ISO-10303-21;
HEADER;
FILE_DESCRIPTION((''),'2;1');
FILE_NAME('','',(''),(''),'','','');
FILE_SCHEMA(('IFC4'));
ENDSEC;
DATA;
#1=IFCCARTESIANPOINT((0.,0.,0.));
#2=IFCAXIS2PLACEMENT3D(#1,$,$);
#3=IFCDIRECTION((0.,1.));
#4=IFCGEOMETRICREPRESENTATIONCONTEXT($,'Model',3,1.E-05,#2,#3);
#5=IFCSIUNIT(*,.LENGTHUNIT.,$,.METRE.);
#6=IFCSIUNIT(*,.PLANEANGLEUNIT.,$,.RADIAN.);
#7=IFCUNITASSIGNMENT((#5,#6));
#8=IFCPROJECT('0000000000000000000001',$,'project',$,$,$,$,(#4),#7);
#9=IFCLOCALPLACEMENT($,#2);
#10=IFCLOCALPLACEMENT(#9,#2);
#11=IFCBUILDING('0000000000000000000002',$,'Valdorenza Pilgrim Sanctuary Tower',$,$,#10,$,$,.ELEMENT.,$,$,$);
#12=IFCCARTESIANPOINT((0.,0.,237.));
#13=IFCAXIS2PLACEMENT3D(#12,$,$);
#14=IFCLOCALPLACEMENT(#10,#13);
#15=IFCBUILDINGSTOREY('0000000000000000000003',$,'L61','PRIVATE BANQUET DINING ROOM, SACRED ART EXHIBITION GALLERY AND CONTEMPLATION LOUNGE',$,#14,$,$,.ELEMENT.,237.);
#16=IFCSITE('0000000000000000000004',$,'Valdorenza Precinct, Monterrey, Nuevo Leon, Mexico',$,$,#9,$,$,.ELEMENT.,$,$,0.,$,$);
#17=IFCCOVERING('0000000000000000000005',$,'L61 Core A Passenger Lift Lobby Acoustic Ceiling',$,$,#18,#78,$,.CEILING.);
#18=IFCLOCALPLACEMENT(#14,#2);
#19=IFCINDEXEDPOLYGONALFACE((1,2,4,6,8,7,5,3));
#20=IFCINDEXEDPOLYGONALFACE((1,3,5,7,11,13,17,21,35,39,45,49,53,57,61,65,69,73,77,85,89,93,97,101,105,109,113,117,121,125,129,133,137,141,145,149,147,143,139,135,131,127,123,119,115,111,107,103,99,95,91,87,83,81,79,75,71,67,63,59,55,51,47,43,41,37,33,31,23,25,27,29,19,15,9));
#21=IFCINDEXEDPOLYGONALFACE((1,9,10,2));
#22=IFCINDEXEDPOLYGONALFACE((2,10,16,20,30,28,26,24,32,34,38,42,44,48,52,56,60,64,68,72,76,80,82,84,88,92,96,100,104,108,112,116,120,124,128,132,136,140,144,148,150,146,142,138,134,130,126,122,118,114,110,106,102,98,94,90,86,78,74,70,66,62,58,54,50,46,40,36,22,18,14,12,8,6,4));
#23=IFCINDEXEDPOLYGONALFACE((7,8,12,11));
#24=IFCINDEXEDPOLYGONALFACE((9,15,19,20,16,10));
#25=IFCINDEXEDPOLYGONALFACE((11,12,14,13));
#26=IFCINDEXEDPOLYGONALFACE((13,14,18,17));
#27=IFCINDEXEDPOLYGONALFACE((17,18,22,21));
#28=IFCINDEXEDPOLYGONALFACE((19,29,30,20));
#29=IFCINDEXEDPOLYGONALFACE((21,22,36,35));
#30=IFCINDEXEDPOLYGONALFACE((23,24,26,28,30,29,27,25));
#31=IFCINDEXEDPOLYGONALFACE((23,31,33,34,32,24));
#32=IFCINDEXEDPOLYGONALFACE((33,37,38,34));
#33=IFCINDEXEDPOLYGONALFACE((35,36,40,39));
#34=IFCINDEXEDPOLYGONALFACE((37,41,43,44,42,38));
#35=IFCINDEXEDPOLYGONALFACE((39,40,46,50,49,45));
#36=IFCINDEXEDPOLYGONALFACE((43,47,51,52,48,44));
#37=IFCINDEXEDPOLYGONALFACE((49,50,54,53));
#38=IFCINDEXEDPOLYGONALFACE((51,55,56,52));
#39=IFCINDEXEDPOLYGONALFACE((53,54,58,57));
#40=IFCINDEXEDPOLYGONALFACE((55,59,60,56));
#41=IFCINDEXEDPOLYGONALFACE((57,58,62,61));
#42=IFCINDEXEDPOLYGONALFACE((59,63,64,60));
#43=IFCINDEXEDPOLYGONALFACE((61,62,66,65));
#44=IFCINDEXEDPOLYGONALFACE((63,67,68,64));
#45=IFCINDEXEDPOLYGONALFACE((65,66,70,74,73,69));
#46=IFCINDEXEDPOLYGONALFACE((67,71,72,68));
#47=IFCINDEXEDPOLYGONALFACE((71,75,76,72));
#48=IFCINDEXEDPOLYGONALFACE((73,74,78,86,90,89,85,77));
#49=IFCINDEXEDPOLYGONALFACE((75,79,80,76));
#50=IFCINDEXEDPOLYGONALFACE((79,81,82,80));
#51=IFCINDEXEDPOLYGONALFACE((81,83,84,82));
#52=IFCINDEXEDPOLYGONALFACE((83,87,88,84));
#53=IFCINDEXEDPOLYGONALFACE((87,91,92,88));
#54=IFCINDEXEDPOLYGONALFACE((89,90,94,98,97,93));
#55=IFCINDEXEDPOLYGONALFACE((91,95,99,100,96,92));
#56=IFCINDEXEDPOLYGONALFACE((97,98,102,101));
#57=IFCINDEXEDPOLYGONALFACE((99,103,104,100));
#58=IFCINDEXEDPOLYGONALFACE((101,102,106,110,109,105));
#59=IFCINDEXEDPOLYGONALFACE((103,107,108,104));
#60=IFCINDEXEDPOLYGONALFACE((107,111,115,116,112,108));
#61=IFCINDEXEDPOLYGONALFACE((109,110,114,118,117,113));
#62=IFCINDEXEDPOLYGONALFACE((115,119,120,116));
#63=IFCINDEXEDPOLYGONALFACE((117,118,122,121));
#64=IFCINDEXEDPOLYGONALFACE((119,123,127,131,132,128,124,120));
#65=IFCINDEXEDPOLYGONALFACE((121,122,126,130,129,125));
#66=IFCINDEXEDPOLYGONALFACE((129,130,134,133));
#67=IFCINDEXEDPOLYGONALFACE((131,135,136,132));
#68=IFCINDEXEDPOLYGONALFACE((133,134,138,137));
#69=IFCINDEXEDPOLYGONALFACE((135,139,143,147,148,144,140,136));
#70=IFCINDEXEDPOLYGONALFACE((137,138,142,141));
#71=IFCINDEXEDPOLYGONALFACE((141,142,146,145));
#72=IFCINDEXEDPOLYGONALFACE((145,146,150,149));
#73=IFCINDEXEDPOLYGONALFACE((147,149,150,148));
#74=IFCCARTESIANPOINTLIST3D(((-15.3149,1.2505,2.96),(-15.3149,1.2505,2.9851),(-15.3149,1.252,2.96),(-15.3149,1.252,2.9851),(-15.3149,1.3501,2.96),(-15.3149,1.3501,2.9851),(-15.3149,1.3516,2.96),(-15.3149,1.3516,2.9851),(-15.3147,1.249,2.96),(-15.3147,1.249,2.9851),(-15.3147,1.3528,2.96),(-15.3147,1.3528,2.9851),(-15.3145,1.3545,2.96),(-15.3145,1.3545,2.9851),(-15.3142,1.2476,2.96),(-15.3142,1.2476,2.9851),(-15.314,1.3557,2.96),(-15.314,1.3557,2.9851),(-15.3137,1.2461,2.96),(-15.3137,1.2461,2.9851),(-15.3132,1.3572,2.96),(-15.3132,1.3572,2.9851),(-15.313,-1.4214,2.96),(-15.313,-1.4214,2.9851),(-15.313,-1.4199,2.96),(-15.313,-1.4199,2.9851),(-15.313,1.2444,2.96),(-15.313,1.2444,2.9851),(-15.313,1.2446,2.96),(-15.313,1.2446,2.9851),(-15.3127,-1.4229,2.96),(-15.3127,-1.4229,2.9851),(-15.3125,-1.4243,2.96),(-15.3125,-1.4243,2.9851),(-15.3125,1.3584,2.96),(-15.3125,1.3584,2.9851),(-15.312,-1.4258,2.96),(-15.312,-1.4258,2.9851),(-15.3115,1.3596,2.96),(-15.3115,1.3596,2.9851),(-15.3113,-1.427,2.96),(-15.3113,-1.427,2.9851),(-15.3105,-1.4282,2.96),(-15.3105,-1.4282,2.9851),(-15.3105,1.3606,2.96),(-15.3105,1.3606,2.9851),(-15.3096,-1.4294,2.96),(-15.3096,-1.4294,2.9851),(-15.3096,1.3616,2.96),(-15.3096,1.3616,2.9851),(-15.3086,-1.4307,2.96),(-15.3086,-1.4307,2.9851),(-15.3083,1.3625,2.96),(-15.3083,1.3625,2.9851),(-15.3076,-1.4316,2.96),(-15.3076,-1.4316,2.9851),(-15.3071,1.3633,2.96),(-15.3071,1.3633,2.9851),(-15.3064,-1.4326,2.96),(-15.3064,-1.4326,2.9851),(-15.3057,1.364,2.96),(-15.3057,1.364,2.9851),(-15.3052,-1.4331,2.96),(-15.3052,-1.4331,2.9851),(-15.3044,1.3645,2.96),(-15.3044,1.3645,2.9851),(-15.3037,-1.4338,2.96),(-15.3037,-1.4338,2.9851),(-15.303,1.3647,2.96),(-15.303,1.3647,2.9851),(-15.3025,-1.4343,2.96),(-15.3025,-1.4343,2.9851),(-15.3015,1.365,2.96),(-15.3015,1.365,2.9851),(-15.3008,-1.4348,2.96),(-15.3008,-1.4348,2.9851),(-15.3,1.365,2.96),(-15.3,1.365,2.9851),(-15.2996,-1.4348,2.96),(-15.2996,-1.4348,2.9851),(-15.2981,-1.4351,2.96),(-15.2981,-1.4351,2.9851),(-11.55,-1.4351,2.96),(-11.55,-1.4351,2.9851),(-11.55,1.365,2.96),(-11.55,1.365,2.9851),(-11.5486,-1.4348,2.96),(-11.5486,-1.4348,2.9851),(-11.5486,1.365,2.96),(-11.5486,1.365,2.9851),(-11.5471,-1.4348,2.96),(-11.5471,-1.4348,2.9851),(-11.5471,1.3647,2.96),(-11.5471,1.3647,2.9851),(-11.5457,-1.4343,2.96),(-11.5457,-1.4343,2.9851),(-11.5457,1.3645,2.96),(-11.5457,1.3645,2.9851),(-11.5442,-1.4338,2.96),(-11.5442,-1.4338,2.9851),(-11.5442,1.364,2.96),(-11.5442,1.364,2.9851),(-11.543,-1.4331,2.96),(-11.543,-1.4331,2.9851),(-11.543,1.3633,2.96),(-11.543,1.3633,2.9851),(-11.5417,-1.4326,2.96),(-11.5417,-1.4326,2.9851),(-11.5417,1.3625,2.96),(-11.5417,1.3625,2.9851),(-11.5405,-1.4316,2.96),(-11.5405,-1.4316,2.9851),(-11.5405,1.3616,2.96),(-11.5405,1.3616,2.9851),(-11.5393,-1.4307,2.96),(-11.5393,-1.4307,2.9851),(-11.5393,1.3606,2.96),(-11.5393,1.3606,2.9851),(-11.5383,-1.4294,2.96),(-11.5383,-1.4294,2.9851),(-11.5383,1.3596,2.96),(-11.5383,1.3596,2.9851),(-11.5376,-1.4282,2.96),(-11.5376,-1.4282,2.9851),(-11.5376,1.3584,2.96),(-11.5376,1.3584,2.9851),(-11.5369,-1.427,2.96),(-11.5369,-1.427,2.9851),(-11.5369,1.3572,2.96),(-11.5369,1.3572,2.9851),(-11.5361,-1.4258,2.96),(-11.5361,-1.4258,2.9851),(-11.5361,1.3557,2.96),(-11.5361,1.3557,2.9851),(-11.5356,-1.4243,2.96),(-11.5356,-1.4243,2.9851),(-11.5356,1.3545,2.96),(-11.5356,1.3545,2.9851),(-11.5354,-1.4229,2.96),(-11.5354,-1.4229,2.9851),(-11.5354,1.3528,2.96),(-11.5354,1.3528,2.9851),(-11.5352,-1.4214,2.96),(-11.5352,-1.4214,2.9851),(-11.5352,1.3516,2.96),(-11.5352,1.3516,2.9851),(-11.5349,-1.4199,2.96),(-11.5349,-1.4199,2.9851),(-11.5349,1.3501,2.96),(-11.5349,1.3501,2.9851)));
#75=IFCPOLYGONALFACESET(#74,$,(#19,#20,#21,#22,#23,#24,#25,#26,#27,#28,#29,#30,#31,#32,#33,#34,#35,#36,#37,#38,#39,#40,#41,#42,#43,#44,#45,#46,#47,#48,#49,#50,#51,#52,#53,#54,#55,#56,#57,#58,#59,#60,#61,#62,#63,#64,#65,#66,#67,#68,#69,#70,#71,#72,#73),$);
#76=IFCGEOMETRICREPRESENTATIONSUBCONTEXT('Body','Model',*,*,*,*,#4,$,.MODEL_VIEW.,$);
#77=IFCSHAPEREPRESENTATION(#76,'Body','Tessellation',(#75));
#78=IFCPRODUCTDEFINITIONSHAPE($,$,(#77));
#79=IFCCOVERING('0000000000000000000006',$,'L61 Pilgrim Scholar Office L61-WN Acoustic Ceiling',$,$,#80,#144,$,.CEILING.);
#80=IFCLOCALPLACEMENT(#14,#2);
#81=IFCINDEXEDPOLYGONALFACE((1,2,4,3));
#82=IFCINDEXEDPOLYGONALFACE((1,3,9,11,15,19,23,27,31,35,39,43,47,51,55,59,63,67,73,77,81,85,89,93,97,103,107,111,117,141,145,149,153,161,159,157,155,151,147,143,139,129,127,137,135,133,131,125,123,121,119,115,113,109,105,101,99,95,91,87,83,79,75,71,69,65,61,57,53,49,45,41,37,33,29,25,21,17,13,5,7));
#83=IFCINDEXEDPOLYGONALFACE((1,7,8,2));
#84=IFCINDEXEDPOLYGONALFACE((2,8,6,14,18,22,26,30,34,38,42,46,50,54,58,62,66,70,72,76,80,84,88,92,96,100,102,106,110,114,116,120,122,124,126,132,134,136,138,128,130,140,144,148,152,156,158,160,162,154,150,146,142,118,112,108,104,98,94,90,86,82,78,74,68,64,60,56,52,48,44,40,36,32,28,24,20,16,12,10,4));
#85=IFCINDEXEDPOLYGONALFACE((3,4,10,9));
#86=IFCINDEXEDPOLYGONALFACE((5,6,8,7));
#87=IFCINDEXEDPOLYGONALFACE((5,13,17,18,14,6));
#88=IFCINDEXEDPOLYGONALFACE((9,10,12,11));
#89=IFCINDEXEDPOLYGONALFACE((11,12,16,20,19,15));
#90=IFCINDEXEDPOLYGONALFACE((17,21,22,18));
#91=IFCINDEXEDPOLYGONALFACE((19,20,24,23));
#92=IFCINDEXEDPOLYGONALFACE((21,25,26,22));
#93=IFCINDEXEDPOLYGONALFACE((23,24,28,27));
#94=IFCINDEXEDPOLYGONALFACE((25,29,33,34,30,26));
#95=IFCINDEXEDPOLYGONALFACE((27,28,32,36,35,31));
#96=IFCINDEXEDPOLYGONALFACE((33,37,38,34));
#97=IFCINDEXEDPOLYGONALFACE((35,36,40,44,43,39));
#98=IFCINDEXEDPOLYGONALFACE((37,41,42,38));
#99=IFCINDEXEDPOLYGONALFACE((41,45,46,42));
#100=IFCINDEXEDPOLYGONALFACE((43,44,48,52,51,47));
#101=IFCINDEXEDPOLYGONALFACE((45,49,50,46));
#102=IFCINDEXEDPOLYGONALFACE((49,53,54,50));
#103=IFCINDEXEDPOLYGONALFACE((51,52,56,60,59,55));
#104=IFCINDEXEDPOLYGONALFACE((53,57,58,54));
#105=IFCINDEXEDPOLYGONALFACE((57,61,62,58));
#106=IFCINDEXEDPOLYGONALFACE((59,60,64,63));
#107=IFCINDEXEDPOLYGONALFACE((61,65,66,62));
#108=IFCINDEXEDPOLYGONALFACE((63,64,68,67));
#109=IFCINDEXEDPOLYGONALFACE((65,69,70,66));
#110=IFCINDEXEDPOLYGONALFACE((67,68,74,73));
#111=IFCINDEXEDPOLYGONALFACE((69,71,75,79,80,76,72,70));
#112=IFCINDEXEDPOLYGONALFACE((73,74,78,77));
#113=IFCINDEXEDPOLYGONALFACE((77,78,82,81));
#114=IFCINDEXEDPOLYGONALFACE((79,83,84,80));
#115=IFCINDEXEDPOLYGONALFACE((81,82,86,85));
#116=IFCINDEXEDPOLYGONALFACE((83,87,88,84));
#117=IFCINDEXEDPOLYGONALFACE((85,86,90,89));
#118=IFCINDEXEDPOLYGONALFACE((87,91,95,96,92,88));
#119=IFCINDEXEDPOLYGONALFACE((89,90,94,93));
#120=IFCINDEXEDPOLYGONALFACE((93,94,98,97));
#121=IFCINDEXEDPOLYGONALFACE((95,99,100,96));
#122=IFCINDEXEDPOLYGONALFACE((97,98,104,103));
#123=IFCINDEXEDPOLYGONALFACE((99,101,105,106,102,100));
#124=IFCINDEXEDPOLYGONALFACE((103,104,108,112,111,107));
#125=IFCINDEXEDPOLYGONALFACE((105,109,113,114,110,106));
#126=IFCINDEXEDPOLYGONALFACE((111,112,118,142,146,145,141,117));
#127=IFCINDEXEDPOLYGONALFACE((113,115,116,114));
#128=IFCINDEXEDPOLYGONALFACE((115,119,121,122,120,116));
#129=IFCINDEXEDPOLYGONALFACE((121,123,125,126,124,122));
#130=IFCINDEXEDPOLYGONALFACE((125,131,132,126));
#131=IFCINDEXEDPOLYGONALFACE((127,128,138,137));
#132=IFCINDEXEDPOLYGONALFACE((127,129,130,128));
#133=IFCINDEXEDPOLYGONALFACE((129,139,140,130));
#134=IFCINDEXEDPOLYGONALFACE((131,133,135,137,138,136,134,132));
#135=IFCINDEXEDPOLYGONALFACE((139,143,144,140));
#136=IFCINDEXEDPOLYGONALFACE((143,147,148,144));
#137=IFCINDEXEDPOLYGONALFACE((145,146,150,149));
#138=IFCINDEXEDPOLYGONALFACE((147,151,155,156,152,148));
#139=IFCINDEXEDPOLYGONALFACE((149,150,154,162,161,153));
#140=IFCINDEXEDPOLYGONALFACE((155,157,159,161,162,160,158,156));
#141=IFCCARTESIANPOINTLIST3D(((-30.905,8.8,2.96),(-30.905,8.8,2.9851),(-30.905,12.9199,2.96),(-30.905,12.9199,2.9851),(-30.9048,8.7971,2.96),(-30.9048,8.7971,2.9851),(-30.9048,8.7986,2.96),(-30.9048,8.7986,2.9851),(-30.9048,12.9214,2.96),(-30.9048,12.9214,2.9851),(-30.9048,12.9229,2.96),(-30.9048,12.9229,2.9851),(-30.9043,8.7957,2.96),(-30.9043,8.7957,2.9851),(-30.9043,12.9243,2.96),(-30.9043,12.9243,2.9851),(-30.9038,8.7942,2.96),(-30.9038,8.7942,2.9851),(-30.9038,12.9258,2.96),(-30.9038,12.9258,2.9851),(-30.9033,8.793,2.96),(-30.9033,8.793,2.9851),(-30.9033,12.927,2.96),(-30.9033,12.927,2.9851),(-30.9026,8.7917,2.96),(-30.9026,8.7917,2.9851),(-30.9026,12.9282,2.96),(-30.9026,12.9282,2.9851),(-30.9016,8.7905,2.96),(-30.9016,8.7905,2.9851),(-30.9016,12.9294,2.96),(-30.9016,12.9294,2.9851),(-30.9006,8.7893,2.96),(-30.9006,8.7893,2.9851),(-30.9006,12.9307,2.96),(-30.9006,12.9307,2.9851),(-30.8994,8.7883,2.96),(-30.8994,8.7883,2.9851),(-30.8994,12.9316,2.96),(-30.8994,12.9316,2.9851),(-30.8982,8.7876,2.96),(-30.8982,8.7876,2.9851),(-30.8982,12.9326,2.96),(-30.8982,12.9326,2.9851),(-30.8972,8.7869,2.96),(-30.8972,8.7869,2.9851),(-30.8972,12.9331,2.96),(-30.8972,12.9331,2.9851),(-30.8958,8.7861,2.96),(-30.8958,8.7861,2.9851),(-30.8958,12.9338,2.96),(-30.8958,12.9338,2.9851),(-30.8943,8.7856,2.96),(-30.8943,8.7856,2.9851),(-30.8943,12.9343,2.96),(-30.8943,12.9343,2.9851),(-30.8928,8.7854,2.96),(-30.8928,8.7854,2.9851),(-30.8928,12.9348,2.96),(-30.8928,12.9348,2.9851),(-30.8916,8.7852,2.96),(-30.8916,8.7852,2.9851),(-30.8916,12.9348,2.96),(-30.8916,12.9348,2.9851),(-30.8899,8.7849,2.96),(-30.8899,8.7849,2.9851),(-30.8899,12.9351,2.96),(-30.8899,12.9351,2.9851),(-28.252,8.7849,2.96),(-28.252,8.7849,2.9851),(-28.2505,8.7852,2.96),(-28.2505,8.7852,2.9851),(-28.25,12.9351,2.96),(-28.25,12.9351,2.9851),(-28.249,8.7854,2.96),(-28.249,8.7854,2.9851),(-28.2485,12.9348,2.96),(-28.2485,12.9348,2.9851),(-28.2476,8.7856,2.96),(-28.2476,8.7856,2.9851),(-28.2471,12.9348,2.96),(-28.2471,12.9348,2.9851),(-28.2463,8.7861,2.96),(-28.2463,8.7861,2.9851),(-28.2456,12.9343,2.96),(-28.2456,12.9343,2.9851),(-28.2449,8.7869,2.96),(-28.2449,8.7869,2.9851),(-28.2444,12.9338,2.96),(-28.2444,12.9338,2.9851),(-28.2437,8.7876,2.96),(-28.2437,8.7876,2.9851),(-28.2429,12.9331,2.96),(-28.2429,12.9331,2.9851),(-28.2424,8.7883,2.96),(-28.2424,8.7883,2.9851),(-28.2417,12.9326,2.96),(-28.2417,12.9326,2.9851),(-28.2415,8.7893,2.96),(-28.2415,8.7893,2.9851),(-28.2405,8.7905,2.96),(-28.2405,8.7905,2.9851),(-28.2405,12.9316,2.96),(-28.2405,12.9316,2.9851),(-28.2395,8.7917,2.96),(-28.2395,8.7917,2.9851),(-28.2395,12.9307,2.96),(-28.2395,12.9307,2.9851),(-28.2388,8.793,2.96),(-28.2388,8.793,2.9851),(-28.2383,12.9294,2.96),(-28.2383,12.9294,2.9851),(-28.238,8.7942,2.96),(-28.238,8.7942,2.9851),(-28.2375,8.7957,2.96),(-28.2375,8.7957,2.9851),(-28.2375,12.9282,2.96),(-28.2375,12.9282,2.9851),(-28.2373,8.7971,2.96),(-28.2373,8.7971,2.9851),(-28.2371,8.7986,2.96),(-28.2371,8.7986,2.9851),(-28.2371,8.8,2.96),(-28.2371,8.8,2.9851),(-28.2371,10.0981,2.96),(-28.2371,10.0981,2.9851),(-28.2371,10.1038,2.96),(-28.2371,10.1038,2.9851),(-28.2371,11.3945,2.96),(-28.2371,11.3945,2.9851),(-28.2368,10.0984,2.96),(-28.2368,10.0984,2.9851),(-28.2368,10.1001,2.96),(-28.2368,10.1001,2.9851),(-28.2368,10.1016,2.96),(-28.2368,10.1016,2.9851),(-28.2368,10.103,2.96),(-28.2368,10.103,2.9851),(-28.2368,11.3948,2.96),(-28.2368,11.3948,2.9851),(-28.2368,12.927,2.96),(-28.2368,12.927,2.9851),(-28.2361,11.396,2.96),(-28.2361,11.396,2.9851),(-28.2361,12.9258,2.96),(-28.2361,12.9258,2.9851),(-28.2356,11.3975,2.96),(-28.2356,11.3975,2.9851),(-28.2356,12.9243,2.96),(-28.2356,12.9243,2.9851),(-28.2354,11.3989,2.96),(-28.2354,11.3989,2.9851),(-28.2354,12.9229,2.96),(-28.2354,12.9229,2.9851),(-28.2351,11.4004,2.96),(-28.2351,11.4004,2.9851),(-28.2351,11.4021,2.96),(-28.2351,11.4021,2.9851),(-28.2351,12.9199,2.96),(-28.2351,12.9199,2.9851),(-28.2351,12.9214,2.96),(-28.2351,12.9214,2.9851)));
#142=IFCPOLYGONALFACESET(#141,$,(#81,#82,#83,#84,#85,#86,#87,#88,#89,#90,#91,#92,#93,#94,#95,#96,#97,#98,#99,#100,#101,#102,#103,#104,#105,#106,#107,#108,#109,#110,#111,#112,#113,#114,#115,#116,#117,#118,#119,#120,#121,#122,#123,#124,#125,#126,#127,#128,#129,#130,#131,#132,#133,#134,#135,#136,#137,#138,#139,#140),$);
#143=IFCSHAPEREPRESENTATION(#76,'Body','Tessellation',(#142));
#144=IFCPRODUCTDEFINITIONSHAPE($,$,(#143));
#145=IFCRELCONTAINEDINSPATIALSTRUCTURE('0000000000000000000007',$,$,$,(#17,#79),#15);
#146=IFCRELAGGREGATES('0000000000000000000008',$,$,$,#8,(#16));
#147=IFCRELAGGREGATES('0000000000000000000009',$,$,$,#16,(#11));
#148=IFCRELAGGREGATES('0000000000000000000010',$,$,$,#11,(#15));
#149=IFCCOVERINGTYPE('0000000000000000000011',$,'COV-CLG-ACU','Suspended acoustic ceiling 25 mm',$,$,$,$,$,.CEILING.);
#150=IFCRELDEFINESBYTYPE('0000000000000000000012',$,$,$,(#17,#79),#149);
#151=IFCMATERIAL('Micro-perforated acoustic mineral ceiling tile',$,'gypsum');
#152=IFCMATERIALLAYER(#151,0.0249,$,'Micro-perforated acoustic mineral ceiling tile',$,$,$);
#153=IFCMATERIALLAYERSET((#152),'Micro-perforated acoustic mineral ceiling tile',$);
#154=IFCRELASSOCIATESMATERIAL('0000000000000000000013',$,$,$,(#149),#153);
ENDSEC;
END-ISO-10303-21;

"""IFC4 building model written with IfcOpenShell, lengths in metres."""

from ifc_helpers import new_model, si_unit, direction, frame, origin, place, context, subcontext, project, spatial, polyline, outline, extrude, material, layer, layer_set, type_object, element, save


model = new_model("IFC4")

# Units and contexts
model_context = context("Model", 3, precision=1e-05, world=origin(), true_north=direction((0.0, 1.0)))
body_context = subcontext(model_context, "Body", "Model", "MODEL_VIEW")
ifc_project = project(units=[si_unit("LENGTHUNIT", "METRE"), si_unit("PLANEANGLEUNIT", "RADIAN")], contexts=[model_context])

# Site, building, storey
site_placement = place(None, origin())
site = spatial("IfcSite", under=ifc_project, at=site_placement, Name="Valdorenza Precinct, Monterrey, Nuevo Leon, Mexico", CompositionType="ELEMENT", RefElevation=0.0)
building_placement = place(site_placement, origin())
building = spatial("IfcBuilding", under=site, at=building_placement, Name="Valdorenza Pilgrim Sanctuary Tower", CompositionType="ELEMENT")
storey_placement = place(building_placement, frame((0.0, 0.0, 237.0)))
storey = spatial("IfcBuildingStorey", under=building, at=storey_placement, Name="L61", Description="PRIVATE BANQUET DINING ROOM, SACRED ART EXHIBITION GALLERY AND CONTEMPLATION LOUNGE", CompositionType="ELEMENT", Elevation=237.0)

# Coverings
ifc_material_1 = material(Name="Micro-perforated acoustic mineral ceiling tile", Category="gypsum")
ifc_layer_1 = layer(ifc_material_1, 0.0249, Name="Micro-perforated acoustic mineral ceiling tile")
ifc_layer_set_1 = layer_set([ifc_layer_1], Name="Micro-perforated acoustic mineral ceiling tile")
covering_type_1 = type_object("IfcCoveringType", Name="COV-CLG-ACU", Description="Suspended acoustic ceiling 25 mm", PredefinedType="CEILING", material=ifc_layer_set_1)
covering_1_placement = place(storey_placement, frame((0.0, 0.0, 2.96)))
element("IfcCovering", 1, at=covering_1_placement, inside=storey, type_object=covering_type_1, Name="L61 Core A Passenger Lift Lobby Acoustic Ceiling", PredefinedType="CEILING", context=body_context, shape_type="SweptSolid", body=[
    extrude(outline(polyline([(-15.3149, 1.3501), (-15.3149, 1.3516), (-15.3147, 1.3528), (-15.3145, 1.3545), (-15.314, 1.3557), (-15.3132, 1.3572), (-15.3125, 1.3584), (-15.3115, 1.3596), (-15.3105, 1.3606), (-15.3096, 1.3616), (-15.3083, 1.3625), (-15.3071, 1.3633), (-15.3057, 1.364), (-15.3044, 1.3645), (-15.303, 1.3647), (-15.3015, 1.365), (-15.3, 1.365), (-11.55, 1.365), (-11.5486, 1.365), (-11.5471, 1.3647), (-11.5457, 1.3645), (-11.5442, 1.364), (-11.543, 1.3633), (-11.5417, 1.3625), (-11.5405, 1.3616), (-11.5393, 1.3606), (-11.5383, 1.3596), (-11.5376, 1.3584), (-11.5369, 1.3572), (-11.5361, 1.3557), (-11.5356, 1.3545), (-11.5354, 1.3528), (-11.5352, 1.3516), (-11.5349, 1.3501), (-11.5349, -1.4199), (-11.5352, -1.4214), (-11.5354, -1.4229), (-11.5356, -1.4243), (-11.5361, -1.4258), (-11.5369, -1.427), (-11.5376, -1.4282), (-11.5383, -1.4294), (-11.5393, -1.4307), (-11.5405, -1.4316), (-11.5417, -1.4326), (-11.543, -1.4331), (-11.5442, -1.4338), (-11.5457, -1.4343), (-11.5471, -1.4348), (-11.5486, -1.4348), (-11.55, -1.4351), (-15.2981, -1.4351), (-15.2996, -1.4348), (-15.3008, -1.4348), (-15.3025, -1.4343), (-15.3037, -1.4338), (-15.3052, -1.4331), (-15.3064, -1.4326), (-15.3076, -1.4316), (-15.3086, -1.4307), (-15.3096, -1.4294), (-15.3105, -1.4282), (-15.3113, -1.427), (-15.312, -1.4258), (-15.3125, -1.4243), (-15.3127, -1.4229), (-15.313, -1.4214), (-15.313, -1.4199), (-15.313, 1.2444), (-15.313, 1.2446), (-15.3137, 1.2461), (-15.3142, 1.2476), (-15.3147, 1.249), (-15.3149, 1.2505), (-15.3149, 1.252), (-15.3149, 1.3501)])), origin(), (0.0, 0.0, 1.0), 0.0251),
])
covering_2_placement = place(storey_placement, frame((0.0, 0.0, 2.96)))
element("IfcCovering", 2, at=covering_2_placement, inside=storey, type_object=covering_type_1, Name="L61 Pilgrim Scholar Office L61-WN Acoustic Ceiling", PredefinedType="CEILING", context=body_context, shape_type="SweptSolid", body=[
    extrude(outline(polyline([(-28.2371, 11.3945), (-28.2371, 10.1038), (-28.2368, 10.103), (-28.2368, 10.1016), (-28.2368, 10.1001), (-28.2368, 10.0984), (-28.2371, 10.0981), (-28.2371, 8.8), (-28.2371, 8.7986), (-28.2373, 8.7971), (-28.2375, 8.7957), (-28.238, 8.7942), (-28.2388, 8.793), (-28.2395, 8.7917), (-28.2405, 8.7905), (-28.2415, 8.7893), (-28.2424, 8.7883), (-28.2437, 8.7876), (-28.2449, 8.7869), (-28.2463, 8.7861), (-28.2476, 8.7856), (-28.249, 8.7854), (-28.2505, 8.7852), (-28.252, 8.7849), (-30.8899, 8.7849), (-30.8916, 8.7852), (-30.8928, 8.7854), (-30.8943, 8.7856), (-30.8958, 8.7861), (-30.8972, 8.7869), (-30.8982, 8.7876), (-30.8994, 8.7883), (-30.9006, 8.7893), (-30.9016, 8.7905), (-30.9026, 8.7917), (-30.9033, 8.793), (-30.9038, 8.7942), (-30.9043, 8.7957), (-30.9048, 8.7971), (-30.9048, 8.7986), (-30.905, 8.8), (-30.905, 12.9199), (-30.9048, 12.9214), (-30.9048, 12.9229), (-30.9043, 12.9243), (-30.9038, 12.9258), (-30.9033, 12.927), (-30.9026, 12.9282), (-30.9016, 12.9294), (-30.9006, 12.9307), (-30.8994, 12.9316), (-30.8982, 12.9326), (-30.8972, 12.9331), (-30.8958, 12.9338), (-30.8943, 12.9343), (-30.8928, 12.9348), (-30.8916, 12.9348), (-30.8899, 12.9351), (-28.25, 12.9351), (-28.2485, 12.9348), (-28.2471, 12.9348), (-28.2456, 12.9343), (-28.2444, 12.9338), (-28.2429, 12.9331), (-28.2417, 12.9326), (-28.2405, 12.9316), (-28.2395, 12.9307), (-28.2383, 12.9294), (-28.2375, 12.9282), (-28.2368, 12.927), (-28.2361, 12.9258), (-28.2356, 12.9243), (-28.2354, 12.9229), (-28.2351, 12.9214), (-28.2351, 12.9199), (-28.2351, 11.4021), (-28.2351, 11.4004), (-28.2354, 11.3989), (-28.2356, 11.3975), (-28.2361, 11.396), (-28.2368, 11.3948), (-28.2371, 11.3945)])), origin(), (0.0, 0.0, 1.0), 0.0251),
])

save(model, "model.ifc")
